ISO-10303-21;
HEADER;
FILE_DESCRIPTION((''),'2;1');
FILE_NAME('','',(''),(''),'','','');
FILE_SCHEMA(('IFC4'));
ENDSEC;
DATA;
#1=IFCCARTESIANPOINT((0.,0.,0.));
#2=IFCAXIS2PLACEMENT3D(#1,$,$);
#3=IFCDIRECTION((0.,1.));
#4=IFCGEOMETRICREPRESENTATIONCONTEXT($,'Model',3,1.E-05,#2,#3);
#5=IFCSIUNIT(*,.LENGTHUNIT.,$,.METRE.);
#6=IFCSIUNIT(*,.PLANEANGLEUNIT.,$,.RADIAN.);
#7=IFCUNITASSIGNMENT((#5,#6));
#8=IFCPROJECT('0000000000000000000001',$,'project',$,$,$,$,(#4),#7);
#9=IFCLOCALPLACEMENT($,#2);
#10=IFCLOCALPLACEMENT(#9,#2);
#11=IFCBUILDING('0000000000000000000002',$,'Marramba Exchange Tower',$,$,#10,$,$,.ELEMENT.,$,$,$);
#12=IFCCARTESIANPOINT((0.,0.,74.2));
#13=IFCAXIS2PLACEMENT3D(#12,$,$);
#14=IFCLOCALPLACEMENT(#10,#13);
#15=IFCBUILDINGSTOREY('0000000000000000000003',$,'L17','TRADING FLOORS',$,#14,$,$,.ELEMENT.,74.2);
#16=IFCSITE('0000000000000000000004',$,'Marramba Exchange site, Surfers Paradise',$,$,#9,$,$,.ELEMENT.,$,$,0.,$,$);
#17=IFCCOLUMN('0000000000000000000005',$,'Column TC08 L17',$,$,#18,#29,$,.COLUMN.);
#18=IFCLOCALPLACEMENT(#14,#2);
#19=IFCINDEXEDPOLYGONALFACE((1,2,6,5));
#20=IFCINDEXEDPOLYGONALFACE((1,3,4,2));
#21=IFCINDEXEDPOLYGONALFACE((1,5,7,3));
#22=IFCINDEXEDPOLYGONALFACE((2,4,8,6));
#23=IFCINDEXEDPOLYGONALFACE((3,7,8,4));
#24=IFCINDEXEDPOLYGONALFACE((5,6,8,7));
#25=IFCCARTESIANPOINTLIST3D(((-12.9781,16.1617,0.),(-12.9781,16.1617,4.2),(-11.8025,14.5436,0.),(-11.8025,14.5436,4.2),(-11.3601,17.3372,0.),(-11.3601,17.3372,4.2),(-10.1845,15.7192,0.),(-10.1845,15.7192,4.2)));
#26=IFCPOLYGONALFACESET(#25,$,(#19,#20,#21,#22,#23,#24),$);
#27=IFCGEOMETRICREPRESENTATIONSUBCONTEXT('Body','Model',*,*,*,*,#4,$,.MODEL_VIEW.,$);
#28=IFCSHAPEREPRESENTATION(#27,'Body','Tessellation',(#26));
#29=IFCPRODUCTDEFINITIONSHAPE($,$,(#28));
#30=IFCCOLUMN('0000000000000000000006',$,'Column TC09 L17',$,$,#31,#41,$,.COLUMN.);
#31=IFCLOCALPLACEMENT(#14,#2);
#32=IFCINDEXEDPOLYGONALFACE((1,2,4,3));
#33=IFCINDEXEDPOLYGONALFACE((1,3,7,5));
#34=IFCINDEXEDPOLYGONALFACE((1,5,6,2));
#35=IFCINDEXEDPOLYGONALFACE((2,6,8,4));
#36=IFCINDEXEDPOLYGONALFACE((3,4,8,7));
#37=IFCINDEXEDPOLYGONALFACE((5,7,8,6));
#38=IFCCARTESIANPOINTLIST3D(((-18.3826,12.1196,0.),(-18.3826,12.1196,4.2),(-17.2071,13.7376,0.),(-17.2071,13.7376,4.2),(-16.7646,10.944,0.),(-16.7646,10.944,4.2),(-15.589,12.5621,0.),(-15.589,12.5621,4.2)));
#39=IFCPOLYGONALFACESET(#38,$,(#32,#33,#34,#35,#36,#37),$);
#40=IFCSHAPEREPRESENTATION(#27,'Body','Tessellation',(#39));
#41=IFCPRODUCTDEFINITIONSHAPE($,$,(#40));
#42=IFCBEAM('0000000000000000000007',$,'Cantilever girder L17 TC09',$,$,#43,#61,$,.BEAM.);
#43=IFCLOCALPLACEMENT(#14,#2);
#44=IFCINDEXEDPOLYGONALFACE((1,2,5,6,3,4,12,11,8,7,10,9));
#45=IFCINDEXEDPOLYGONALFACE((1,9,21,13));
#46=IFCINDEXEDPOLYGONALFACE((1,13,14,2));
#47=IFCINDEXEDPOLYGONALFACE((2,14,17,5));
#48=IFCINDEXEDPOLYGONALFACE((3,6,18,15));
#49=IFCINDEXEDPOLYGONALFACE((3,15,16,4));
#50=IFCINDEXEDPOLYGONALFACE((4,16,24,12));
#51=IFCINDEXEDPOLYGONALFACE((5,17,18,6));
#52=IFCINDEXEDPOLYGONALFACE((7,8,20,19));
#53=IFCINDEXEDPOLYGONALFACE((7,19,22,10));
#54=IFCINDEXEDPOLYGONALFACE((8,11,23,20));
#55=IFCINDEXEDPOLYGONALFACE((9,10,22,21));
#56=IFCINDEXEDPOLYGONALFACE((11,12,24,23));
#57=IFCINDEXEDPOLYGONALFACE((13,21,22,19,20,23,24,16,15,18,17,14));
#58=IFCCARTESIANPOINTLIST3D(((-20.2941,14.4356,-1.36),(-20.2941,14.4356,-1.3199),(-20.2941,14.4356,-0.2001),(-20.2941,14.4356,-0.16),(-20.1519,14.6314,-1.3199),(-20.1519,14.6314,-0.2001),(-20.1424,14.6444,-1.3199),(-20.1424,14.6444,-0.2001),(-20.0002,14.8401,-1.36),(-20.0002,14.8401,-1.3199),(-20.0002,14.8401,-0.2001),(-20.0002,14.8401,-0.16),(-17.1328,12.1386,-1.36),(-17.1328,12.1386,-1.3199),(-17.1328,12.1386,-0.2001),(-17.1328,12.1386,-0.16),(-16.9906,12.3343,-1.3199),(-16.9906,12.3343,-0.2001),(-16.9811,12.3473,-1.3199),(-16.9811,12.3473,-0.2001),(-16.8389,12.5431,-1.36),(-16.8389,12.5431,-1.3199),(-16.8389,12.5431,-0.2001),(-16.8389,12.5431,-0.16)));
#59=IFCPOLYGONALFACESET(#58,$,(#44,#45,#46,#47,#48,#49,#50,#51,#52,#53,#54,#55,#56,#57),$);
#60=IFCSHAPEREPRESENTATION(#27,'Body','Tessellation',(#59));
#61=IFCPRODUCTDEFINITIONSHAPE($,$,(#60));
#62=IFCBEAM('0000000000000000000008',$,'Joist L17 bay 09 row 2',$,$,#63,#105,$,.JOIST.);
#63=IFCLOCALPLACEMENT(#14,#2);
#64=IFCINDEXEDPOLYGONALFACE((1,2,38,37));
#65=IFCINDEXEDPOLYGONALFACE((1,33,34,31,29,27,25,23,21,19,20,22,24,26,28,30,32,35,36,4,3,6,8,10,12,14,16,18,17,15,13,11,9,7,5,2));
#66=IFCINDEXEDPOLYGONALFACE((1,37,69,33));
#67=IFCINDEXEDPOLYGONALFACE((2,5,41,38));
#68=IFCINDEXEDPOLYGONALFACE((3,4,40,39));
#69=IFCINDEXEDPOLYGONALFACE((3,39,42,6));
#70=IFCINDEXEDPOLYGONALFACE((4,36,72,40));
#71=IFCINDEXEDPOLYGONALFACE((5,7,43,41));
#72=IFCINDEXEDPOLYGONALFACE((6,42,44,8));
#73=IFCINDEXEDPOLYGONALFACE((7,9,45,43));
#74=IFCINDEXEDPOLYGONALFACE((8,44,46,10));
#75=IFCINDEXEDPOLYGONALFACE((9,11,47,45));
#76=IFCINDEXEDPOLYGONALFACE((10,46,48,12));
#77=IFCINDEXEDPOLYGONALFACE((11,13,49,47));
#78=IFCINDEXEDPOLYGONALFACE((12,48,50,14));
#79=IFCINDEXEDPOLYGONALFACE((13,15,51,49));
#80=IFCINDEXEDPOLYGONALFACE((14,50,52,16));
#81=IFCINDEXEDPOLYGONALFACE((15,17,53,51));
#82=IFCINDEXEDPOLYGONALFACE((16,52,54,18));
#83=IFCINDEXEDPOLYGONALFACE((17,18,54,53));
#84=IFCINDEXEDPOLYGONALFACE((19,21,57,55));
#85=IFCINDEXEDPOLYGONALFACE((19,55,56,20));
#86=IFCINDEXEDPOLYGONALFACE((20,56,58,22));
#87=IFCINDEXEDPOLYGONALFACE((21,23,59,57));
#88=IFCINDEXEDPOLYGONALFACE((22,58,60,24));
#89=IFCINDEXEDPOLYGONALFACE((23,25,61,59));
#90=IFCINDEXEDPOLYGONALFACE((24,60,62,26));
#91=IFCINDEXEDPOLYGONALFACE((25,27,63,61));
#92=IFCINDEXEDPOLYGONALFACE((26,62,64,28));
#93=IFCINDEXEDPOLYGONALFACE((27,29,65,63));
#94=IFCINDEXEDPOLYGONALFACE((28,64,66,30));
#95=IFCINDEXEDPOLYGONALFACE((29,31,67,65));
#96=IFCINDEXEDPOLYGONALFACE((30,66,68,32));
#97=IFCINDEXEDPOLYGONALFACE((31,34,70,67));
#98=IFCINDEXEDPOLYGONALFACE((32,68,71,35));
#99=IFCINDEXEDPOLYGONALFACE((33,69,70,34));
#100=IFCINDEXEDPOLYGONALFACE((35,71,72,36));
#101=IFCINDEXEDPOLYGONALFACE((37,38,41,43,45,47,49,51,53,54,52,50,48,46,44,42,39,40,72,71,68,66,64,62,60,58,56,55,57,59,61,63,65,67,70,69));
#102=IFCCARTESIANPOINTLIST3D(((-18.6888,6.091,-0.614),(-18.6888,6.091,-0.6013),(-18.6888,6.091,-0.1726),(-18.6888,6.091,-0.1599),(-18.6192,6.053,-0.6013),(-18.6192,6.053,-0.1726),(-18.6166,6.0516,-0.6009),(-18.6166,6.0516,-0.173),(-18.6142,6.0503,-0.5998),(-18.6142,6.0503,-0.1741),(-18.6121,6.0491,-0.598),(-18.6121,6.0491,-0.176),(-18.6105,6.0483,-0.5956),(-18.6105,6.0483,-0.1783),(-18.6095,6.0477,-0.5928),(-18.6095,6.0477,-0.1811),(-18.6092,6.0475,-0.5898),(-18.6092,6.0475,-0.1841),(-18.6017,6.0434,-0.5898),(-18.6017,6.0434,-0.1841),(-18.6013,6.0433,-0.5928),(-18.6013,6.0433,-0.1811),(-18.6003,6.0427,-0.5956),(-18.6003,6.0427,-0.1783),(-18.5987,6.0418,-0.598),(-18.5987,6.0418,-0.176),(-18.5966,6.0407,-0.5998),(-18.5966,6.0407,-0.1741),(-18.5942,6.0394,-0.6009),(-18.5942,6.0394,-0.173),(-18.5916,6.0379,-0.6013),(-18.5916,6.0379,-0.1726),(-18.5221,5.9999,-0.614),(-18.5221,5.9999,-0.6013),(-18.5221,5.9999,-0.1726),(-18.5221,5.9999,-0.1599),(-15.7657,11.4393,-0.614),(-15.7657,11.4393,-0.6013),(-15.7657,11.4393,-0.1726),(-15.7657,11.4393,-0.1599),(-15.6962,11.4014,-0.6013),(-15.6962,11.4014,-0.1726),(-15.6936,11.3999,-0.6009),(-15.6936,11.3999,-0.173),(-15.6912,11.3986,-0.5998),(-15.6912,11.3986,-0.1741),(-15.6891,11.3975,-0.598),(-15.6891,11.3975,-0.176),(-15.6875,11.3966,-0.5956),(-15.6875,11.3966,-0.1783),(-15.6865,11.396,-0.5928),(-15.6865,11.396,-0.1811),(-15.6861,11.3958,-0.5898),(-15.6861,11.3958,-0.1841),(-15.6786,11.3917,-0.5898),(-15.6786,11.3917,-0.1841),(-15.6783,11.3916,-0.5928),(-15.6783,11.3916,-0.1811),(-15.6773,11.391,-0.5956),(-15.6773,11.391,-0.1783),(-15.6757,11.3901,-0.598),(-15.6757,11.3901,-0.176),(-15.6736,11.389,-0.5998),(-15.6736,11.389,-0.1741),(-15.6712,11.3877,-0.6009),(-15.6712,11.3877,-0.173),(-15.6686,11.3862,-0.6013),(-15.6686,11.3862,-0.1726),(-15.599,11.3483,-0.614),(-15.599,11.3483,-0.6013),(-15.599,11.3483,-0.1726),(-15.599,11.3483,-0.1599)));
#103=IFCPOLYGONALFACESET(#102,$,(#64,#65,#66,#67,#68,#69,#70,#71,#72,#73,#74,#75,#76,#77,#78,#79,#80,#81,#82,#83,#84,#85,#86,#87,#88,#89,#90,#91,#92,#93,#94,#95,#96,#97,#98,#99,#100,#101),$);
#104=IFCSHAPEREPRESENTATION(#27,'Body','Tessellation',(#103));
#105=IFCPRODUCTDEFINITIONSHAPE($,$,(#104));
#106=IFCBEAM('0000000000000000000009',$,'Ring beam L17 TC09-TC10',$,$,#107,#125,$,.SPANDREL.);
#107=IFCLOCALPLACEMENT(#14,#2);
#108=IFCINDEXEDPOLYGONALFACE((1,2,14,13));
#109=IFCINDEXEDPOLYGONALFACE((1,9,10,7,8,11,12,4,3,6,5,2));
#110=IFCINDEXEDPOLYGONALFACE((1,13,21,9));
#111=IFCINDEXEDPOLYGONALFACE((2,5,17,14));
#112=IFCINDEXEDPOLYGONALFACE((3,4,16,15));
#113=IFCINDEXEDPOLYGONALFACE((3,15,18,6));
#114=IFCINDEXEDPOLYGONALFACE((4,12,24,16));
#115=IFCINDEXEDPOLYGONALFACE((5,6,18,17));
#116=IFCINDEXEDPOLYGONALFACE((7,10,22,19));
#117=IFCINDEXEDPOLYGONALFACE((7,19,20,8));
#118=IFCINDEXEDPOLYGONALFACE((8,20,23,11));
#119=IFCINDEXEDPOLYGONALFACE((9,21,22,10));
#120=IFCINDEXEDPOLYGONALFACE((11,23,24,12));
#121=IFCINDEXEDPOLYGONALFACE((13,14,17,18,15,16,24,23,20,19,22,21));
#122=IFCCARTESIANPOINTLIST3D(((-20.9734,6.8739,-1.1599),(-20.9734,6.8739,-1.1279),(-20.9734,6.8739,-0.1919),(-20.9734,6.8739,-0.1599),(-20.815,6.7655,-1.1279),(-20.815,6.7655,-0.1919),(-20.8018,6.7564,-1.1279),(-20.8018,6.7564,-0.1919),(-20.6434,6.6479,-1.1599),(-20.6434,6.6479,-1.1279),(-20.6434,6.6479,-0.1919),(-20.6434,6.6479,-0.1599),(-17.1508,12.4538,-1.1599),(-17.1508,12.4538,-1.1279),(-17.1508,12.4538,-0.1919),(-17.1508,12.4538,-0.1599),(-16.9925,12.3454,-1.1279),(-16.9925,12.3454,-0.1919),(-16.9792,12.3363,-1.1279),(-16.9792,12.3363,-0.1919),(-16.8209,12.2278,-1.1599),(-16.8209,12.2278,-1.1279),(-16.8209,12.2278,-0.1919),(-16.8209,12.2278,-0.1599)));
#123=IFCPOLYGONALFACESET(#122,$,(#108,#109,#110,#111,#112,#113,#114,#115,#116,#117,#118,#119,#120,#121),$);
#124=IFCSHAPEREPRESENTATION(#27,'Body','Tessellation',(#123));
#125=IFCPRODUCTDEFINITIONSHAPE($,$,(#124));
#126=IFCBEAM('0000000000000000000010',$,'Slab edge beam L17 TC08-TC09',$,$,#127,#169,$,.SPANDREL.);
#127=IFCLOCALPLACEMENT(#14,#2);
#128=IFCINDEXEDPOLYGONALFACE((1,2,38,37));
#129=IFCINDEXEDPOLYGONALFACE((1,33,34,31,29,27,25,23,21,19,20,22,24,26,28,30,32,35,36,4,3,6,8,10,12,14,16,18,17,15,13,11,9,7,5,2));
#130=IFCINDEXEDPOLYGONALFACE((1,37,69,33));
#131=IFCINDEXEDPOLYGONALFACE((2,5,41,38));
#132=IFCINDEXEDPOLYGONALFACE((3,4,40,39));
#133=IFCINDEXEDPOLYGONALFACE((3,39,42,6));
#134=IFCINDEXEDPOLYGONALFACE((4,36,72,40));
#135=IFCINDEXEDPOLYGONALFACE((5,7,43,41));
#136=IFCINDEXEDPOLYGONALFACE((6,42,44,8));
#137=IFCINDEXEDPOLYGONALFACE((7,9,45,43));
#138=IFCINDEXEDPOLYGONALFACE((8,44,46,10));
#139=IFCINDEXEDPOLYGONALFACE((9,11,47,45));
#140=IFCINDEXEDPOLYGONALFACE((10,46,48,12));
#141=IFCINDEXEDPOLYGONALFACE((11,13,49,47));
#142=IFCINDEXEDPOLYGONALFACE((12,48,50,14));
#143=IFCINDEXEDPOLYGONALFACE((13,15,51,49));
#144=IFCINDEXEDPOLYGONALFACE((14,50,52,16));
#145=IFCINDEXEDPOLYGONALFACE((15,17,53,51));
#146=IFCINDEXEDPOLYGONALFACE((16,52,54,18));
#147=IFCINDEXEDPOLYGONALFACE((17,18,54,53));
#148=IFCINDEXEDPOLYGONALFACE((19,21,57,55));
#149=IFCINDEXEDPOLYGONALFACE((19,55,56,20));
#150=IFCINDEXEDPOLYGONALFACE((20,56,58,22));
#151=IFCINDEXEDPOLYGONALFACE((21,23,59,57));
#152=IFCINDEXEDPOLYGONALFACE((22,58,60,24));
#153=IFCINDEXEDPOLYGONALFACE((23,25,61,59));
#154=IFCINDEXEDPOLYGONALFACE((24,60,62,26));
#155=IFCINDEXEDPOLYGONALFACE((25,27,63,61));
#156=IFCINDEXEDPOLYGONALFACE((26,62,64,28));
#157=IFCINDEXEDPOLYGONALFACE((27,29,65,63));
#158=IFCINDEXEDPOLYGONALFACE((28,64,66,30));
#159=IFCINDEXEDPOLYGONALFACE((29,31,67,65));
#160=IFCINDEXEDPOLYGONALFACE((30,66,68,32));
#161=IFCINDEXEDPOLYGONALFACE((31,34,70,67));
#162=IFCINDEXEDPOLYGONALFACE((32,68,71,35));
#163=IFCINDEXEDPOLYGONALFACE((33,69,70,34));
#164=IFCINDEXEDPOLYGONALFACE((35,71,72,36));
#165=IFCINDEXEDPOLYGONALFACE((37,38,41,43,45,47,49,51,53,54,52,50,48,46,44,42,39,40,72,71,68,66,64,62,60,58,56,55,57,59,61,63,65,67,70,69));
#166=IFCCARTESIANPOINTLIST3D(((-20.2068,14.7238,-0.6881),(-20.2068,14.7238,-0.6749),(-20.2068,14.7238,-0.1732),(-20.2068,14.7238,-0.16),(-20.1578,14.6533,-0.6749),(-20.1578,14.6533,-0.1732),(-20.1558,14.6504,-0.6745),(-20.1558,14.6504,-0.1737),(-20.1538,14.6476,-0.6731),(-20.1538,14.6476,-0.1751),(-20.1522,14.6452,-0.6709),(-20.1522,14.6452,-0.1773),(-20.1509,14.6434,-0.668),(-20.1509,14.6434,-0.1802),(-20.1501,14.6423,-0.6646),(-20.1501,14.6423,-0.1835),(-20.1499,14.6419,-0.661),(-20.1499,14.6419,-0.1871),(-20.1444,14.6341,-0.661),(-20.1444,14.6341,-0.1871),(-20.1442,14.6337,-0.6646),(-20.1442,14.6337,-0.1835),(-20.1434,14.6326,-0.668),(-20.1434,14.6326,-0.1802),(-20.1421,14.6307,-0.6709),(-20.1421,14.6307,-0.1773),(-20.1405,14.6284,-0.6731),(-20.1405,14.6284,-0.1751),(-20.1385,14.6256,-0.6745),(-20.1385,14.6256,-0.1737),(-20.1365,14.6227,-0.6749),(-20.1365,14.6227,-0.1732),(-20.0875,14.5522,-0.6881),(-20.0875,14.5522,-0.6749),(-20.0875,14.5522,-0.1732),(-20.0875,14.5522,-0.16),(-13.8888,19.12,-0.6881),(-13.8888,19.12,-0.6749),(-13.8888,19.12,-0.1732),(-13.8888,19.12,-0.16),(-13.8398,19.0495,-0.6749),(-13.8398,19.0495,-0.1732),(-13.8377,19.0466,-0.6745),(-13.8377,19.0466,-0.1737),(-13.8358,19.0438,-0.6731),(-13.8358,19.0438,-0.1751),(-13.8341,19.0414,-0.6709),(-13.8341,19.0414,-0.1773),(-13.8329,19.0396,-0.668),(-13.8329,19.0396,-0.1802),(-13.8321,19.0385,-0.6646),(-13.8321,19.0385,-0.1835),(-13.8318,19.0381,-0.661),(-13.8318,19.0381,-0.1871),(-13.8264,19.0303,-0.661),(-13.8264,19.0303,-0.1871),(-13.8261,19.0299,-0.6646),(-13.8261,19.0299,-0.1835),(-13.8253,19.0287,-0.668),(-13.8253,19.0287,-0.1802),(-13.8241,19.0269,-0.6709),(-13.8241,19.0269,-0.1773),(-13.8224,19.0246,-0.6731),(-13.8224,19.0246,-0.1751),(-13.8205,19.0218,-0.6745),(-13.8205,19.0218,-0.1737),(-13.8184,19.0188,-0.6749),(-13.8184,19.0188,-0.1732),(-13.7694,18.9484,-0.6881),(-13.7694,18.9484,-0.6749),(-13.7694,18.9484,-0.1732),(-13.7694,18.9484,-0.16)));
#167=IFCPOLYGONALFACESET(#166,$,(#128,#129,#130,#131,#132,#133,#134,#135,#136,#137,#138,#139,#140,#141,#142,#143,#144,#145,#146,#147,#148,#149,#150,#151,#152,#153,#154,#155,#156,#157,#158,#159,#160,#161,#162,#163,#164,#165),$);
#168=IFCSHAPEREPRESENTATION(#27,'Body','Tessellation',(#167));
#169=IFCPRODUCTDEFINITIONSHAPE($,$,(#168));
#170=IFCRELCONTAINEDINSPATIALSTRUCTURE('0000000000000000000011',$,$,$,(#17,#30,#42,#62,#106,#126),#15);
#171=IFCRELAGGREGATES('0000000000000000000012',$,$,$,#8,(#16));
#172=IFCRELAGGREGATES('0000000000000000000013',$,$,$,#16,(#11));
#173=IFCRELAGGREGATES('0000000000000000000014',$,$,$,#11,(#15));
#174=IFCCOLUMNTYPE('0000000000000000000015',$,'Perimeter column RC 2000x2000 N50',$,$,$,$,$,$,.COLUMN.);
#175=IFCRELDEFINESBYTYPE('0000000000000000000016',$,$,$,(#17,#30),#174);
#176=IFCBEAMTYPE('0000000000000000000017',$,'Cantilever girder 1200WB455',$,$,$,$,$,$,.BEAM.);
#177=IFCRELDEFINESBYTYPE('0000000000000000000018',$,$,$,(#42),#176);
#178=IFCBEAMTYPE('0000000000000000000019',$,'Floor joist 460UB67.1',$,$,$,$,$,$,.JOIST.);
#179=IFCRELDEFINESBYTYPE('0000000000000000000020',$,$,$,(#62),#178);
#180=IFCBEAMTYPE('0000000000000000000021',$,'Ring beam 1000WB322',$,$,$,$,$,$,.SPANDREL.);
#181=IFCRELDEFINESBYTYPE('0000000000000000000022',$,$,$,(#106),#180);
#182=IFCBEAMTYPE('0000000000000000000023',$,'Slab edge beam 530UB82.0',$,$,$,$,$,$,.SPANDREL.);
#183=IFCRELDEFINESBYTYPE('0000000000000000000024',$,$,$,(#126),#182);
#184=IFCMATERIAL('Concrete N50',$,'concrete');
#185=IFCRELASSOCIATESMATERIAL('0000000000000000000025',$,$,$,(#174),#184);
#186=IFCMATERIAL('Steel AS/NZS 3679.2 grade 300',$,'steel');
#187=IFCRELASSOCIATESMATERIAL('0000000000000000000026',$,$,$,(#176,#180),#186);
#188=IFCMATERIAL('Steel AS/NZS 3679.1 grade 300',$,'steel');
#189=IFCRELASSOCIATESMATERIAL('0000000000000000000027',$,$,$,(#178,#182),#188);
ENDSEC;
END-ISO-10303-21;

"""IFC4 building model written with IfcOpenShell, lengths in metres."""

from ifc_helpers import new_model, si_unit, direction, frame, origin, origin_2d, place, context, subcontext, project, spatial, rectangle, i_section, extrude, material, material_profile, profile_set, type_object, element, save


model = new_model("IFC4")

# Units and contexts
model_context = context("Model", 3, precision=1e-05, world=origin(), true_north=direction((0.0, 1.0)))
body_context = subcontext(model_context, "Body", "Model", "MODEL_VIEW")
ifc_project = project(units=[si_unit("LENGTHUNIT", "METRE"), si_unit("PLANEANGLEUNIT", "RADIAN")], contexts=[model_context])

# Site, building, storey
site_placement = place(None, origin())
site = spatial("IfcSite", under=ifc_project, at=site_placement, Name="Marramba Exchange site, Surfers Paradise", CompositionType="ELEMENT", RefElevation=0.0)
building_placement = place(site_placement, origin())
building = spatial("IfcBuilding", under=site, at=building_placement, Name="Marramba Exchange Tower", CompositionType="ELEMENT")
storey_placement = place(building_placement, frame((0.0, 0.0, 74.2)))
storey = spatial("IfcBuildingStorey", under=building, at=storey_placement, Name="L17", Description="TRADING FLOORS", CompositionType="ELEMENT", Elevation=74.2)

# Columns
ifc_material_1 = material(Name="Concrete N50", Category="concrete")
ifc_material_profile_1 = material_profile(ifc_material_1, rectangle(XDim=2.0, YDim=2.0, at=origin_2d()), Name="RC 2000x2000")
ifc_profile_set_1 = profile_set([ifc_material_profile_1], Name="Concrete N50")
column_type = type_object("IfcColumnType", Name="Perimeter column RC 2000x2000 N50", PredefinedType="COLUMN", material=ifc_profile_set_1)
for number, where, z_axis, x_axis, name in (
    (1, (-11.5813, 15.9404, 0.0), (0.0, 0.0, 1.0), (-0.587785, 0.809017, 0.0), "Column TC08 L17"),
    (2, (-16.9858, 12.3408, 0.0), (0.0, 0.0, 1.0), (-0.809017, 0.587785, 0.0), "Column TC09 L17"),
):
    element("IfcColumn", number, at=place(storey_placement, frame(where, z_axis=z_axis, x_axis=x_axis)), inside=storey, type_object=column_type, Name=name, PredefinedType="COLUMN", context=body_context, shape_type="SweptSolid", body=[
        extrude(rectangle(XDim=2.0, YDim=2.0, at=origin_2d()), origin(), (0.0, 0.0, 1.0), 4.2),
    ])

# Beams
ifc_material_2 = material(Name="Steel AS/NZS 3679.2 grade 300", Category="steel")
ifc_material_profile_2 = material_profile(ifc_material_2, i_section(OverallWidth=0.5, OverallDepth=1.2, WebThickness=0.0161, FlangeThickness=0.04, at=origin_2d()), Name="1200WB455")
ifc_profile_set_2 = profile_set([ifc_material_profile_2], Name="Steel AS/NZS 3679.2 grade 300")
beam_type_1 = type_object("IfcBeamType", Name="Cantilever girder 1200WB455", PredefinedType="BEAM", material=ifc_profile_set_2)
beam_1_placement = place(storey_placement, frame((-16.9858, 12.3408, -0.76), z_axis=(-0.808987, 0.587826, 0.0), x_axis=(-0.587826, -0.808987, 0.0)))
element("IfcBeam", 3, at=beam_1_placement, inside=storey, type_object=beam_type_1, Name="Cantilever girder L17 TC09", PredefinedType="BEAM", context=body_context, shape_type="SweptSolid", body=[
    extrude(i_section(OverallWidth=0.5, OverallDepth=1.2, WebThickness=0.0161, FlangeThickness=0.04, at=origin_2d()), origin(), (0.0, 0.0, 1.0), 3.9077),
])
ifc_material_3 = material(Name="Steel AS/NZS 3679.1 grade 300", Category="steel")
ifc_material_profile_3 = material_profile(ifc_material_3, i_section(OverallWidth=0.1899, OverallDepth=0.4541, WebThickness=0.0085, FlangeThickness=0.0127, FilletRadius=0.0115, at=origin_2d()), Name="460UB67.1")
ifc_profile_set_3 = profile_set([ifc_material_profile_3], Name="Steel AS/NZS 3679.1 grade 300")
beam_type_2 = type_object("IfcBeamType", Name="Floor joist 460UB67.1", PredefinedType="JOIST", material=ifc_profile_set_3)
beam_2_placement = place(storey_placement, frame((-15.6824, 11.3938, -0.387), z_axis=(-0.479584, -0.877496, 0.0), x_axis=(0.877496, -0.479584, 0.0)))
element("IfcBeam", 4, at=beam_2_placement, inside=storey, type_object=beam_type_2, Name="Joist L17 bay 09 row 2", PredefinedType="JOIST", context=body_context, shape_type="SweptSolid", body=[
    extrude(i_section(OverallWidth=0.1899, OverallDepth=0.4541, WebThickness=0.0085, FlangeThickness=0.0127, FilletRadius=0.0115, at=origin_2d()), origin(), (0.0, 0.0, 1.0), 6.095),
])
ifc_material_profile_4 = material_profile(ifc_material_2, i_section(OverallWidth=0.3999, OverallDepth=1.0, WebThickness=0.0161, FlangeThickness=0.032, at=origin_2d()), Name="1000WB322")
ifc_profile_set_4 = profile_set([ifc_material_profile_4], Name="Steel AS/NZS 3679.2 grade 300")
beam_type_3 = type_object("IfcBeamType", Name="Ring beam 1000WB322", PredefinedType="SPANDREL", material=ifc_profile_set_4)
beam_3_placement = place(storey_placement, frame((-16.9858, 12.3408, -0.6599), z_axis=(-0.56516, -0.824981, 0.0), x_axis=(0.824981, -0.56516, 0.0)))
element("IfcBeam", 5, at=beam_3_placement, inside=storey, type_object=beam_type_3, Name="Ring beam L17 TC09-TC10", PredefinedType="SPANDREL", context=body_context, shape_type="SweptSolid", body=[
    extrude(i_section(OverallWidth=0.3999, OverallDepth=1.0, WebThickness=0.0161, FlangeThickness=0.032, at=origin_2d()), origin(), (0.0, 0.0, 1.0), 6.7637),
])
ifc_material_profile_5 = material_profile(ifc_material_3, i_section(OverallWidth=0.209, OverallDepth=0.5281, WebThickness=0.0095, FlangeThickness=0.0132, FilletRadius=0.0139, at=origin_2d()), Name="530UB82.0")
ifc_profile_set_5 = profile_set([ifc_material_profile_5], Name="Steel AS/NZS 3679.1 grade 300")
beam_type_4 = type_object("IfcBeamType", Name="Slab edge beam 530UB82.0", PredefinedType="SPANDREL", material=ifc_profile_set_5)
beam_4_placement = place(storey_placement, frame((-13.8291, 19.0342, -0.4241), z_axis=(-0.820842, -0.571155, 0.0), x_axis=(0.571155, -0.820842, 0.0)))
element("IfcBeam", 6, at=beam_4_placement, inside=storey, type_object=beam_type_4, Name="Slab edge beam L17 TC08-TC09", PredefinedType="SPANDREL", context=body_context, shape_type="SweptSolid", body=[
    extrude(i_section(OverallWidth=0.209, OverallDepth=0.5281, WebThickness=0.0095, FlangeThickness=0.0132, FilletRadius=0.0139, at=origin_2d()), origin(), (0.0, 0.0, 1.0), 7.697),
])

save(model, "model.ifc")
